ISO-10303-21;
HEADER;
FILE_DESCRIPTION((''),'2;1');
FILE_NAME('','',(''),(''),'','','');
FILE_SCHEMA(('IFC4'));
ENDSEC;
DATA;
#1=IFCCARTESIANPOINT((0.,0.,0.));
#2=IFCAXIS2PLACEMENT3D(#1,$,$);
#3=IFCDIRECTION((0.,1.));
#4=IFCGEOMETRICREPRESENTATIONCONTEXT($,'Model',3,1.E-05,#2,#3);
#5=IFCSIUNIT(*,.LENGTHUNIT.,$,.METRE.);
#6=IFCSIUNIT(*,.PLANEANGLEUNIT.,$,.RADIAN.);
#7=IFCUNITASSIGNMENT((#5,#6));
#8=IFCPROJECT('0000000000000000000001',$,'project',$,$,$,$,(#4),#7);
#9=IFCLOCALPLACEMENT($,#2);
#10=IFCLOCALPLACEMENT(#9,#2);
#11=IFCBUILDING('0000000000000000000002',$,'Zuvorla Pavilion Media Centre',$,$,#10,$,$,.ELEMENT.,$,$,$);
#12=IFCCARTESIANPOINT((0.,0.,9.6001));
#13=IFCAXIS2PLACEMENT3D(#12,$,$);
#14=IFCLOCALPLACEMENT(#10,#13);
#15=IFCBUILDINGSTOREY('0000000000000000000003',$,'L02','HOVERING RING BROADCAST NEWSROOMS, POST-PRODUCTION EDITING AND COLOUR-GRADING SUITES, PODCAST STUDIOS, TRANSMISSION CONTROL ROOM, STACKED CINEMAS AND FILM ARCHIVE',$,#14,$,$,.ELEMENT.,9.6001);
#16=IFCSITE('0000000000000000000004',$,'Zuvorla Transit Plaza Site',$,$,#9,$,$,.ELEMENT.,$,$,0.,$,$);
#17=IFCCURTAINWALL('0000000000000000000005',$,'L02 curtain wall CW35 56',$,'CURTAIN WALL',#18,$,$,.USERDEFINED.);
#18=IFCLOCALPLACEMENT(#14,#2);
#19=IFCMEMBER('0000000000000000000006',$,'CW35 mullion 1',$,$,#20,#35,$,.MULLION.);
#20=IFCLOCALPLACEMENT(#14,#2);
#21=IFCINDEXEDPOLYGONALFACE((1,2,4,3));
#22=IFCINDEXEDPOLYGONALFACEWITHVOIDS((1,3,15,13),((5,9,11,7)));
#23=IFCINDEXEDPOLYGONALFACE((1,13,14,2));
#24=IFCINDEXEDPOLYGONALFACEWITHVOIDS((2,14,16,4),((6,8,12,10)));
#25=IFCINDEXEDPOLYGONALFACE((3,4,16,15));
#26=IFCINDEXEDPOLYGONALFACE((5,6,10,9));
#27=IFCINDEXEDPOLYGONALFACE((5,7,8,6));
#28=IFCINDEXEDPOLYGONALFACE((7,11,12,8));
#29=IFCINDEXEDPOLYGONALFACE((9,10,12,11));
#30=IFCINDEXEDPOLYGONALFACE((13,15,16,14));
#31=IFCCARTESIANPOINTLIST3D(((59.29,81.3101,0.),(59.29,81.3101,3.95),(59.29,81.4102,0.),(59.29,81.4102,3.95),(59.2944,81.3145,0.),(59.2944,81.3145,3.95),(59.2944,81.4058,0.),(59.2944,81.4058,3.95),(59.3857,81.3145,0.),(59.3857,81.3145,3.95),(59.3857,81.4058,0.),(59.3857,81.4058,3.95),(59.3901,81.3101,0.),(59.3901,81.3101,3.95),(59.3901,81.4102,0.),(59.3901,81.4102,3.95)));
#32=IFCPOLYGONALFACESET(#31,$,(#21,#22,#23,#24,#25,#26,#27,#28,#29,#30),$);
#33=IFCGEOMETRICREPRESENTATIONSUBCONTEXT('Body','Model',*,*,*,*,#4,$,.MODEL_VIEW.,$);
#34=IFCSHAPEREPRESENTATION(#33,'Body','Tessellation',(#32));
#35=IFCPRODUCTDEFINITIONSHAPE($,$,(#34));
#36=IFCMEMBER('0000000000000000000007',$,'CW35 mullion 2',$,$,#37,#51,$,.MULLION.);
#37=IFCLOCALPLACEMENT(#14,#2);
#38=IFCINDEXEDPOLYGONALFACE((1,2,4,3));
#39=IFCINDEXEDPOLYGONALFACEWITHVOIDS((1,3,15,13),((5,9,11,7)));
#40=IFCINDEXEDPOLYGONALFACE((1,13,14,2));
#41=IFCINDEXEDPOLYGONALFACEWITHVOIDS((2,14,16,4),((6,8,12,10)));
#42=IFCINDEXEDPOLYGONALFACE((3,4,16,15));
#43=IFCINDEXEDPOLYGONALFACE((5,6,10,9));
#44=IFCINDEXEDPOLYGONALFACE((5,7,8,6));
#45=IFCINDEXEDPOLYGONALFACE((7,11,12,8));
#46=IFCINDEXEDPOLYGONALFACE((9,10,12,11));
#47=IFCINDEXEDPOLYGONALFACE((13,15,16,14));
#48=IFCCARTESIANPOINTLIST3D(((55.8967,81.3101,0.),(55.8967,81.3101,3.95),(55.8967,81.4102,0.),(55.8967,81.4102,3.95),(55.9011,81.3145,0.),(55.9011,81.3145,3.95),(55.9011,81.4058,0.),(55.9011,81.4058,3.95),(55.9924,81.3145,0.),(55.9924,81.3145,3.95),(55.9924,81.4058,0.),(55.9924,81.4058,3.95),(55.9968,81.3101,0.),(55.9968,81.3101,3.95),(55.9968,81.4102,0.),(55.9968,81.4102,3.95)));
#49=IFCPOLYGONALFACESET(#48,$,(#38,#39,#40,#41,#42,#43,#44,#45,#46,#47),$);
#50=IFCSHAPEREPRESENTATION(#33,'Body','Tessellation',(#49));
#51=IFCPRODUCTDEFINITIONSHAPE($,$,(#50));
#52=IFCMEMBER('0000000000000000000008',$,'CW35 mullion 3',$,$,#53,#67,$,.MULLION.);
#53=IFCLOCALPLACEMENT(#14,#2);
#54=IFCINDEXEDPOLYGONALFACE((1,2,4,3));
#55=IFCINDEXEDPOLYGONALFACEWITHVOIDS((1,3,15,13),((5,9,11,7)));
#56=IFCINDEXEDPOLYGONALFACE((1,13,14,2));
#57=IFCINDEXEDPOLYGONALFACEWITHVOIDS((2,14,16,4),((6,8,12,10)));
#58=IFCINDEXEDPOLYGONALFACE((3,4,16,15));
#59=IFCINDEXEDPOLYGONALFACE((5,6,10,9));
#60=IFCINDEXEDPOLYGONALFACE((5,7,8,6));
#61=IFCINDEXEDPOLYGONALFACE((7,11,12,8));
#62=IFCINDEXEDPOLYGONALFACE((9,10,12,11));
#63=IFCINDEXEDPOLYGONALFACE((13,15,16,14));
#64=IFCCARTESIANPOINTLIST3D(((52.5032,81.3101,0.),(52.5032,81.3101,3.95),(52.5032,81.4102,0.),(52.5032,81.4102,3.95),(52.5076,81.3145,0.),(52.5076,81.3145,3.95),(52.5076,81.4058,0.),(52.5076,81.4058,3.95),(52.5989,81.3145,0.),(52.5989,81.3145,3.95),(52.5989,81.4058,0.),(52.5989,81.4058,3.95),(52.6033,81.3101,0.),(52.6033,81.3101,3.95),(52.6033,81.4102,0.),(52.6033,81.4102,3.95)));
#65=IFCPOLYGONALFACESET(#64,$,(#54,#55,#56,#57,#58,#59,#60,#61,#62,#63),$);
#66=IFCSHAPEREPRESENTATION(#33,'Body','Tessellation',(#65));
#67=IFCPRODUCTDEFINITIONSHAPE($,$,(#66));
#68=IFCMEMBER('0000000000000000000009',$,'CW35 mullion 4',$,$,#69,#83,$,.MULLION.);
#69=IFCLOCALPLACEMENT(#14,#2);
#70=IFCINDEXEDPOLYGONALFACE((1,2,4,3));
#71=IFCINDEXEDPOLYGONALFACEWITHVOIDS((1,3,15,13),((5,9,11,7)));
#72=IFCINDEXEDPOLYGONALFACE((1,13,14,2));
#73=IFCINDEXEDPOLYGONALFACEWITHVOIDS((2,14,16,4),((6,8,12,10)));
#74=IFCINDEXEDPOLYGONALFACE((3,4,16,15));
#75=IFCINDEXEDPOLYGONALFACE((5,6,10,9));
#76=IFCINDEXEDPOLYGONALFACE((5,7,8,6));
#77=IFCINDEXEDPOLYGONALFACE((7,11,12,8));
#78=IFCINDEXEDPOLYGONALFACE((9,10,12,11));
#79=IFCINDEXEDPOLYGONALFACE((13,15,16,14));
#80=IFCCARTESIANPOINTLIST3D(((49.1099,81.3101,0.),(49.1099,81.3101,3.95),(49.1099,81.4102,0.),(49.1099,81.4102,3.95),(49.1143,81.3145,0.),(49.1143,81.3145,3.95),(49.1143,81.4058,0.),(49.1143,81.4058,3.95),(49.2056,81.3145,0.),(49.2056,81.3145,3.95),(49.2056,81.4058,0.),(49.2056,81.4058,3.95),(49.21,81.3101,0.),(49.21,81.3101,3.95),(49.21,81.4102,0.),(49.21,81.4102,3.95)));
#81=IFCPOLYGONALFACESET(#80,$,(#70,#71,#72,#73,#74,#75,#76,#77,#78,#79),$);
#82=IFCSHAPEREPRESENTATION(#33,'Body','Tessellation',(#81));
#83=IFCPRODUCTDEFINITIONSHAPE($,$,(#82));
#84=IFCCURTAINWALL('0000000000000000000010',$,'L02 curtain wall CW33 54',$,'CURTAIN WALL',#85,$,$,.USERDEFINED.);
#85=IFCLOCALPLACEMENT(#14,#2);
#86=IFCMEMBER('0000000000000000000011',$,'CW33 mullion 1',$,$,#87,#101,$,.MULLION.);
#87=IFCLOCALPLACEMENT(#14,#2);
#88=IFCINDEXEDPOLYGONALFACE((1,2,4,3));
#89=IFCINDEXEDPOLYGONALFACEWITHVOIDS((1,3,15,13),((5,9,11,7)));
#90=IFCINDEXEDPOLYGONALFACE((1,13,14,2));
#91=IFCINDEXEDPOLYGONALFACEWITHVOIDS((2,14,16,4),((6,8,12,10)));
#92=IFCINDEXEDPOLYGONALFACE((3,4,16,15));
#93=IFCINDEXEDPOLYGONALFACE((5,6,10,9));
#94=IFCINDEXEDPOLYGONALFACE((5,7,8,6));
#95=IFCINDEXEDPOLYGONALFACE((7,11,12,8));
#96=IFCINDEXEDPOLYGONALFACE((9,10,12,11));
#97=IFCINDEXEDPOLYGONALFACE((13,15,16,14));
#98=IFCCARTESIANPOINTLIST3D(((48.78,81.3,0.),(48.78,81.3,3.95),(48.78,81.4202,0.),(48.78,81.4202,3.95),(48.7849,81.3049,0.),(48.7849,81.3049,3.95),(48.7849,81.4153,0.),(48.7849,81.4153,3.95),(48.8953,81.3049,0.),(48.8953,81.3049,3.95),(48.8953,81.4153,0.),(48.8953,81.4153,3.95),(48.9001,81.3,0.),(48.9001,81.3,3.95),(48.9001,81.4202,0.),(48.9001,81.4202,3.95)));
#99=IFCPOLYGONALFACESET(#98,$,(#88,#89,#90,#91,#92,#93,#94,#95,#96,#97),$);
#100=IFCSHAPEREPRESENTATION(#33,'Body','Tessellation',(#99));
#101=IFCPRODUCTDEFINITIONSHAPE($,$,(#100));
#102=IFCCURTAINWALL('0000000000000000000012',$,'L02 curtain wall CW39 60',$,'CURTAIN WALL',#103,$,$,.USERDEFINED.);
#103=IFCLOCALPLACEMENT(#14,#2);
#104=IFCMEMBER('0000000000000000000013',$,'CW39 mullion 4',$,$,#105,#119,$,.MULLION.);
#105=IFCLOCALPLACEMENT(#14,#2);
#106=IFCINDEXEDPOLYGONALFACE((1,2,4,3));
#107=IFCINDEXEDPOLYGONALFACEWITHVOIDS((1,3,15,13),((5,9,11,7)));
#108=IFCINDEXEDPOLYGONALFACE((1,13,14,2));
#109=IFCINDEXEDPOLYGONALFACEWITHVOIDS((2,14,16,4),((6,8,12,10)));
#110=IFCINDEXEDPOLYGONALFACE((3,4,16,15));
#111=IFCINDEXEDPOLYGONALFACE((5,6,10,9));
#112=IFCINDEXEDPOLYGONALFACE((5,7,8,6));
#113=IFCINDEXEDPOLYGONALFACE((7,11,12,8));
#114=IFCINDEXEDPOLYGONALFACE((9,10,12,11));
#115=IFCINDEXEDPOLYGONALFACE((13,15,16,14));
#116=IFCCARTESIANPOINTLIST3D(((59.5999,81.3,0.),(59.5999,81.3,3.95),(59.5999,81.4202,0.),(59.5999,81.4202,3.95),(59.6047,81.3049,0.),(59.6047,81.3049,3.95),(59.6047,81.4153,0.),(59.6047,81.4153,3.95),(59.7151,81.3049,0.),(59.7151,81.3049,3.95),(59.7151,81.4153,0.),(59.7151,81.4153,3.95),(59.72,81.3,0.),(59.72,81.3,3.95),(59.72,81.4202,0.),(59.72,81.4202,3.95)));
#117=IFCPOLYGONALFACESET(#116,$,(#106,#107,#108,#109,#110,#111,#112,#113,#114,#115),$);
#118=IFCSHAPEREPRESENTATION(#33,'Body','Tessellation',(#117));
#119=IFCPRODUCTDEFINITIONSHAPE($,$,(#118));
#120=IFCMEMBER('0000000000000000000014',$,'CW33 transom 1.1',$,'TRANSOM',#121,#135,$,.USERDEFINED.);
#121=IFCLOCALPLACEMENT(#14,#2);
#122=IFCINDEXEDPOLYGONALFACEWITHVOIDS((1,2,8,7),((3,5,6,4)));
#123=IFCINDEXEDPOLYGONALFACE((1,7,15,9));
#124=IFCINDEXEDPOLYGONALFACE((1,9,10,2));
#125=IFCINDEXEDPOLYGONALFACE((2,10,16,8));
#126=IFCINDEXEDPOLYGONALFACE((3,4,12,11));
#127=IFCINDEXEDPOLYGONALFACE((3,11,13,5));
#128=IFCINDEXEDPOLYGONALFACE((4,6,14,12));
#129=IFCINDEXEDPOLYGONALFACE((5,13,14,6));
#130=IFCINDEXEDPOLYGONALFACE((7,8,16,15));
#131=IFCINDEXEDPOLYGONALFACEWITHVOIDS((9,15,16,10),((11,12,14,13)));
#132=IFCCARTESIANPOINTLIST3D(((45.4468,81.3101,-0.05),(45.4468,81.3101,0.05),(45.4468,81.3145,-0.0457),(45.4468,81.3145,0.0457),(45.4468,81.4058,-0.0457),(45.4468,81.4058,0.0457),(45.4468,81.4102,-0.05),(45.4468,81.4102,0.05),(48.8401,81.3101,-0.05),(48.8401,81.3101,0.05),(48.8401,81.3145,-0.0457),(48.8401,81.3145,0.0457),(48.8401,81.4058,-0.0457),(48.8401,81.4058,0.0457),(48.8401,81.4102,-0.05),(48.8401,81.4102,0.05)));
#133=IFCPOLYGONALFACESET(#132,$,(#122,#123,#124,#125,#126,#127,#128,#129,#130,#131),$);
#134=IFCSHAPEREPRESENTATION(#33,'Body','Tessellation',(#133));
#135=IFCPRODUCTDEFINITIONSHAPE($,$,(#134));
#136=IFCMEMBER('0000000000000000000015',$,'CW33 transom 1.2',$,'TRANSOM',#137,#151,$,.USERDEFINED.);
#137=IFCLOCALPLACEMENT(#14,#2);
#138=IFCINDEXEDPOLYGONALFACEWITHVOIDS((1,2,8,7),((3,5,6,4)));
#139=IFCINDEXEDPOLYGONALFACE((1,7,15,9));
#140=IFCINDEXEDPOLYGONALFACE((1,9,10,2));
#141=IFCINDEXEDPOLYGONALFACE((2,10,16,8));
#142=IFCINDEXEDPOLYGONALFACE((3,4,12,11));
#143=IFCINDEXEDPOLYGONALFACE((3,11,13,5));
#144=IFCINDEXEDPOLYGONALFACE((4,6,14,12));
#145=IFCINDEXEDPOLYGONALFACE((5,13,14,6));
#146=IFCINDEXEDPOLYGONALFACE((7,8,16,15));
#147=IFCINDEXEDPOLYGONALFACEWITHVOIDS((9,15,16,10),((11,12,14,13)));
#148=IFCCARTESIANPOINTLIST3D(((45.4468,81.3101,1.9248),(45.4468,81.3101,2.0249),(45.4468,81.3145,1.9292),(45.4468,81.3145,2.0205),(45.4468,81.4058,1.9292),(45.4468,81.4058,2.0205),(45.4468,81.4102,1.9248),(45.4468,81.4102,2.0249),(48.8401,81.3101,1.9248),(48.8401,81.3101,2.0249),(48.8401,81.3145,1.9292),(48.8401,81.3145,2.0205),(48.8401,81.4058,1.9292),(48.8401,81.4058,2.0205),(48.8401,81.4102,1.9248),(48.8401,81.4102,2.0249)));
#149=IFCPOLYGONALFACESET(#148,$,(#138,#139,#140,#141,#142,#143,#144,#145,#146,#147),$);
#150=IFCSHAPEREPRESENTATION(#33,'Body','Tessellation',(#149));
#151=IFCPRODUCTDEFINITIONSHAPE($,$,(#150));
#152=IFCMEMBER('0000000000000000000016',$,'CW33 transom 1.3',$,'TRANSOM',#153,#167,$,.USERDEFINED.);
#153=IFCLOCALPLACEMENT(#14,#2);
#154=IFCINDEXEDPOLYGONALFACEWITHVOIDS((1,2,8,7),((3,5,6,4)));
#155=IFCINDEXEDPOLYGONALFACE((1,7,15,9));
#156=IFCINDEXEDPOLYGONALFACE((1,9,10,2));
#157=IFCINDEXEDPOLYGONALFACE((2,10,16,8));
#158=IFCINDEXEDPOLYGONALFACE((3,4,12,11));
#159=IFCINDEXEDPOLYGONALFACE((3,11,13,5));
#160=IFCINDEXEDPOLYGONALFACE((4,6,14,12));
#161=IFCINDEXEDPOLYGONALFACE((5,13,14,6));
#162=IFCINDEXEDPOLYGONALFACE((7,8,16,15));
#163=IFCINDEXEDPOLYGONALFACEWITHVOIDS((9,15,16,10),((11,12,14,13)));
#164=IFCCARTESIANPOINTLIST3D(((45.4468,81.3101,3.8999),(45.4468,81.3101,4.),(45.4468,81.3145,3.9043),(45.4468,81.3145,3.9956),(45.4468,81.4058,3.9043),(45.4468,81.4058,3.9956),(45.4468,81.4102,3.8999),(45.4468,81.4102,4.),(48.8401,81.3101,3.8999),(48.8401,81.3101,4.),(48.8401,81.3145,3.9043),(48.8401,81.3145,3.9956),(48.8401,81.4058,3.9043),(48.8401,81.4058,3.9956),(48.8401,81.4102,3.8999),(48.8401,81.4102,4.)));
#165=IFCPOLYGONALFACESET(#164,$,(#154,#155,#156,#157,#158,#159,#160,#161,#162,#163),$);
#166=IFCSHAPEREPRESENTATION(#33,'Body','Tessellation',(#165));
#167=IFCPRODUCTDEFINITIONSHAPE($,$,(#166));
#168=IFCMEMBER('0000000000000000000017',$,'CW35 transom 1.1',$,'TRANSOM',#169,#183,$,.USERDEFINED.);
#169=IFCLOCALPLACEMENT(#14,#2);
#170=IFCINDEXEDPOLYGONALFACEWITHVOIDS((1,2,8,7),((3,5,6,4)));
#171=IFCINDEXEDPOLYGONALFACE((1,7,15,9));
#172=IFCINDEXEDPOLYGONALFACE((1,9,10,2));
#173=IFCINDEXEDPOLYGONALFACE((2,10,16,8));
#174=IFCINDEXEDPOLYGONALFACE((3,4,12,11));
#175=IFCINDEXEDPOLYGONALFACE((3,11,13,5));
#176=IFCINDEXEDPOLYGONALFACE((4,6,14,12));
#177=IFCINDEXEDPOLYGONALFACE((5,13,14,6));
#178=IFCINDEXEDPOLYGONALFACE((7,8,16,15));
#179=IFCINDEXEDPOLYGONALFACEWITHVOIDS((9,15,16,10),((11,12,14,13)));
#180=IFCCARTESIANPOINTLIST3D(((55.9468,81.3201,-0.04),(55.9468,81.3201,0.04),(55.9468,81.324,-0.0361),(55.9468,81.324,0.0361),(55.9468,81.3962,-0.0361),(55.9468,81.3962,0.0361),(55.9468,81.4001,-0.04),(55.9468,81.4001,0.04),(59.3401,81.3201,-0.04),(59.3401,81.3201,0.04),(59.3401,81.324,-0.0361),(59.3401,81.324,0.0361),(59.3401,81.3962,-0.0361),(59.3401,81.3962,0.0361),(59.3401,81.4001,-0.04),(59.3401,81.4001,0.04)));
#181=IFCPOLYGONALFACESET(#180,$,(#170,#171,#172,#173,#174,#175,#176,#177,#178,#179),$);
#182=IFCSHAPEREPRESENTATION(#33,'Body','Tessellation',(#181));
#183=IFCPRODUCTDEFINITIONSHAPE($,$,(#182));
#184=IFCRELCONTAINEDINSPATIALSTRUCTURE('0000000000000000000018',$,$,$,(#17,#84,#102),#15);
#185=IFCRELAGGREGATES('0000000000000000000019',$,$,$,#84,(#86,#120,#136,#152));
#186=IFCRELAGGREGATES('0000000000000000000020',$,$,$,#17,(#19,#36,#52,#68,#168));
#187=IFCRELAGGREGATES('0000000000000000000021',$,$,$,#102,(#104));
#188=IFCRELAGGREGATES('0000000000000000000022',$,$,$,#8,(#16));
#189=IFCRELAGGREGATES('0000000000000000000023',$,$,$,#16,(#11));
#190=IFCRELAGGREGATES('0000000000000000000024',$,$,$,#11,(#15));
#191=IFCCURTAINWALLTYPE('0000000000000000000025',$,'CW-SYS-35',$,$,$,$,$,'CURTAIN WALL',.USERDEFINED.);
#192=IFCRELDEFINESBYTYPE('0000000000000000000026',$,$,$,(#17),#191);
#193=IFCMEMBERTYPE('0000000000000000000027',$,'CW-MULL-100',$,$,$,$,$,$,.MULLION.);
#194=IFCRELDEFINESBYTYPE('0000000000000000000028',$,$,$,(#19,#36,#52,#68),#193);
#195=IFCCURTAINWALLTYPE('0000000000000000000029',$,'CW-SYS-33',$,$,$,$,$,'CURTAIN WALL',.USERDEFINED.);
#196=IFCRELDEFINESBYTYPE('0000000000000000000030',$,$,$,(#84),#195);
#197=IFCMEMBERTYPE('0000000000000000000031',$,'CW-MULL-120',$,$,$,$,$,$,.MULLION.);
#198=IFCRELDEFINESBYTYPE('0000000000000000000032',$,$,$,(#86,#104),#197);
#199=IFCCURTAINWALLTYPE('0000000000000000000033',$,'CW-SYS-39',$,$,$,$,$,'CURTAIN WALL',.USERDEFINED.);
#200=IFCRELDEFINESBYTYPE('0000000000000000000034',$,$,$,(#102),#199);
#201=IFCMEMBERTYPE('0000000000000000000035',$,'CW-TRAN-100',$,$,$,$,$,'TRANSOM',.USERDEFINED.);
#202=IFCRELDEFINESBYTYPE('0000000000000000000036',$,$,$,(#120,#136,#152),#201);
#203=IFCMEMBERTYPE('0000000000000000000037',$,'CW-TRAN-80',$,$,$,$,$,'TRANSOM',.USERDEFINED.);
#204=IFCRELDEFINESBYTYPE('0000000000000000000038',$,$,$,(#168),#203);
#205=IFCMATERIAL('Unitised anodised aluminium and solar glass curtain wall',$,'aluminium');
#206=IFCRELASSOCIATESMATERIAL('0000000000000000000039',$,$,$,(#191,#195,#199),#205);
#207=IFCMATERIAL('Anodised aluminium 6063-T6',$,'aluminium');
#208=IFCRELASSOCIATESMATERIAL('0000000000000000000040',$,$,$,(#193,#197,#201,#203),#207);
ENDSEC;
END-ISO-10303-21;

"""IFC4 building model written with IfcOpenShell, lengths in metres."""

from ifc_helpers import new_model, si_unit, direction, frame, origin, origin_2d, place, context, subcontext, project, spatial, hollow_rectangle, extrude, material, material_profile, profile_set, type_object, element, aggregate, save


model = new_model("IFC4")

# Units and contexts
model_context = context("Model", 3, precision=1e-05, world=origin(), true_north=direction((0.0, 1.0)))
body_context = subcontext(model_context, "Body", "Model", "MODEL_VIEW")
ifc_project = project(units=[si_unit("LENGTHUNIT", "METRE"), si_unit("PLANEANGLEUNIT", "RADIAN")], contexts=[model_context])

# Site, building, storey
site_placement = place(None, origin())
site = spatial("IfcSite", under=ifc_project, at=site_placement, Name="Zuvorla Transit Plaza Site", CompositionType="ELEMENT", RefElevation=0.0)
building_placement = place(site_placement, origin())
building = spatial("IfcBuilding", under=site, at=building_placement, Name="Zuvorla Pavilion Media Centre", CompositionType="ELEMENT")
storey_placement = place(building_placement, frame((0.0, 0.0, 9.6001)))
storey = spatial("IfcBuildingStorey", under=building, at=storey_placement, Name="L02", Description="HOVERING RING BROADCAST NEWSROOMS, POST-PRODUCTION EDITING AND COLOUR-GRADING SUITES, PODCAST STUDIOS, TRANSMISSION CONTROL ROOM, STACKED CINEMAS AND FILM ARCHIVE", CompositionType="ELEMENT", Elevation=9.6001)

# Curtain wall, members
ifc_material_1 = material(Name="Unitised anodised aluminium and solar glass curtain wall", Category="aluminium")
curtain_wall_type_1 = type_object("IfcCurtainWallType", Name="CW-SYS-35", ElementType="CURTAIN WALL", PredefinedType="USERDEFINED", material=ifc_material_1)
curtain_wall_1_placement = place(storey_placement, origin())
curtain_wall_1 = element("IfcCurtainWall", 1, at=curtain_wall_1_placement, inside=storey, type_object=curtain_wall_type_1, Name="L02 curtain wall CW35 56", ObjectType="CURTAIN WALL", PredefinedType="USERDEFINED")
ifc_material_2 = material(Name="Anodised aluminium 6063-T6", Category="aluminium")
ifc_material_profile_1 = material_profile(ifc_material_2, hollow_rectangle(XDim=0.1001, YDim=0.1001, WallThickness=0.0044, at=origin_2d()), Name="ALU MULL 100x100")
ifc_profile_set_1 = profile_set([ifc_material_profile_1], Name="Anodised aluminium 6063-T6")
member_type_1 = type_object("IfcMemberType", Name="CW-MULL-100", PredefinedType="MULLION", material=ifc_profile_set_1)
member_1_placement = place(storey_placement, frame((59.3401, 81.3601, 0.0), z_axis=(0.0, 0.0, 1.0), x_axis=(1.0, 0.0, 0.0)))
member_1 = element("IfcMember", 2, at=member_1_placement, type_object=member_type_1, Name="CW35 mullion 1", PredefinedType="MULLION", context=body_context, shape_type="SweptSolid", body=[
    extrude(hollow_rectangle(XDim=0.1001, YDim=0.1001, WallThickness=0.0044, at=origin_2d()), origin(), (0.0, 0.0, 1.0), 3.95),
])
member_2_placement = place(storey_placement, frame((55.9468, 81.3601, 0.0), z_axis=(0.0, 0.0, 1.0), x_axis=(1.0, 0.0, 0.0)))
member_2 = element("IfcMember", 3, at=member_2_placement, type_object=member_type_1, Name="CW35 mullion 2", PredefinedType="MULLION", context=body_context, shape_type="SweptSolid", body=[
    extrude(hollow_rectangle(XDim=0.1001, YDim=0.1001, WallThickness=0.0044, at=origin_2d()), origin(), (0.0, 0.0, 1.0), 3.95),
])
member_3_placement = place(storey_placement, frame((52.5532, 81.3601, 0.0), z_axis=(0.0, 0.0, 1.0), x_axis=(1.0, 0.0, 0.0)))
member_3 = element("IfcMember", 4, at=member_3_placement, type_object=member_type_1, Name="CW35 mullion 3", PredefinedType="MULLION", context=body_context, shape_type="SweptSolid", body=[
    extrude(hollow_rectangle(XDim=0.1001, YDim=0.1001, WallThickness=0.0044, at=origin_2d()), origin(), (0.0, 0.0, 1.0), 3.95),
])
member_4_placement = place(storey_placement, frame((49.1599, 81.3601, 0.0), z_axis=(0.0, 0.0, 1.0), x_axis=(1.0, 0.0, 0.0)))
member_4 = element("IfcMember", 5, at=member_4_placement, type_object=member_type_1, Name="CW35 mullion 4", PredefinedType="MULLION", context=body_context, shape_type="SweptSolid", body=[
    extrude(hollow_rectangle(XDim=0.1001, YDim=0.1001, WallThickness=0.0044, at=origin_2d()), origin(), (0.0, 0.0, 1.0), 3.95),
])

# Curtain walls, members
curtain_wall_type_2 = type_object("IfcCurtainWallType", Name="CW-SYS-33", ElementType="CURTAIN WALL", PredefinedType="USERDEFINED", material=ifc_material_1)
curtain_wall_2_placement = place(storey_placement, origin())
curtain_wall_2 = element("IfcCurtainWall", 6, at=curtain_wall_2_placement, inside=storey, type_object=curtain_wall_type_2, Name="L02 curtain wall CW33 54", ObjectType="CURTAIN WALL", PredefinedType="USERDEFINED")
ifc_material_profile_2 = material_profile(ifc_material_2, hollow_rectangle(XDim=0.1201, YDim=0.1201, WallThickness=0.0049, at=origin_2d()), Name="ALU MULL 120x120")
ifc_profile_set_2 = profile_set([ifc_material_profile_2], Name="Anodised aluminium 6063-T6")
member_type_2 = type_object("IfcMemberType", Name="CW-MULL-120", PredefinedType="MULLION", material=ifc_profile_set_2)
member_5_placement = place(storey_placement, frame((48.8401, 81.3601, 0.0), z_axis=(0.0, 0.0, 1.0), x_axis=(1.0, 0.0, 0.0)))
member_5 = element("IfcMember", 7, at=member_5_placement, type_object=member_type_2, Name="CW33 mullion 1", PredefinedType="MULLION", context=body_context, shape_type="SweptSolid", body=[
    extrude(hollow_rectangle(XDim=0.1201, YDim=0.1201, WallThickness=0.0049, at=origin_2d()), origin(), (0.0, 0.0, 1.0), 3.95),
])
curtain_wall_type_3 = type_object("IfcCurtainWallType", Name="CW-SYS-39", ElementType="CURTAIN WALL", PredefinedType="USERDEFINED", material=ifc_material_1)
curtain_wall_3_placement = place(storey_placement, origin())
curtain_wall_3 = element("IfcCurtainWall", 8, at=curtain_wall_3_placement, inside=storey, type_object=curtain_wall_type_3, Name="L02 curtain wall CW39 60", ObjectType="CURTAIN WALL", PredefinedType="USERDEFINED")
member_6_placement = place(storey_placement, frame((59.6599, 81.3601, 0.0), z_axis=(0.0, 0.0, 1.0), x_axis=(1.0, 0.0, 0.0)))
member_6 = element("IfcMember", 9, at=member_6_placement, type_object=member_type_2, Name="CW39 mullion 4", PredefinedType="MULLION", context=body_context, shape_type="SweptSolid", body=[
    extrude(hollow_rectangle(XDim=0.1201, YDim=0.1201, WallThickness=0.0049, at=origin_2d()), origin(), (0.0, 0.0, 1.0), 3.95),
])

# Members
ifc_material_profile_3 = material_profile(ifc_material_2, hollow_rectangle(XDim=0.1001, YDim=0.1001, WallThickness=0.0044, at=origin_2d()), Name="ALU TRAN 100x100")
ifc_profile_set_3 = profile_set([ifc_material_profile_3], Name="Anodised aluminium 6063-T6")
member_type_3 = type_object("IfcMemberType", Name="CW-TRAN-100", ElementType="TRANSOM", PredefinedType="USERDEFINED", material=ifc_profile_set_3)
member_7_placement = place(storey_placement, frame((48.8401, 81.3601, 0.0), z_axis=(-1.0, 0.0, 0.0), x_axis=(0.0, -1.0, 0.0)))
member_7 = element("IfcMember", 10, at=member_7_placement, type_object=member_type_3, Name="CW33 transom 1.1", ObjectType="TRANSOM", PredefinedType="USERDEFINED", context=body_context, shape_type="SweptSolid", body=[
    extrude(hollow_rectangle(XDim=0.1001, YDim=0.1001, WallThickness=0.0044, at=origin_2d()), origin(), (0.0, 0.0, 1.0), 3.3933),
])
member_8_placement = place(storey_placement, frame((48.8401, 81.3601, 1.9749), z_axis=(-1.0, 0.0, 0.0), x_axis=(0.0, -1.0, 0.0)))
member_8 = element("IfcMember", 11, at=member_8_placement, type_object=member_type_3, Name="CW33 transom 1.2", ObjectType="TRANSOM", PredefinedType="USERDEFINED", context=body_context, shape_type="SweptSolid", body=[
    extrude(hollow_rectangle(XDim=0.1001, YDim=0.1001, WallThickness=0.0044, at=origin_2d()), origin(), (0.0, 0.0, 1.0), 3.3933),
])
member_9_placement = place(storey_placement, frame((48.8401, 81.3601, 3.95), z_axis=(-1.0, 0.0, 0.0), x_axis=(0.0, -1.0, 0.0)))
member_9 = element("IfcMember", 12, at=member_9_placement, type_object=member_type_3, Name="CW33 transom 1.3", ObjectType="TRANSOM", PredefinedType="USERDEFINED", context=body_context, shape_type="SweptSolid", body=[
    extrude(hollow_rectangle(XDim=0.1001, YDim=0.1001, WallThickness=0.0044, at=origin_2d()), origin(), (0.0, 0.0, 1.0), 3.3933),
])
aggregate(curtain_wall_2, [member_5, member_7, member_8, member_9])
ifc_material_profile_4 = material_profile(ifc_material_2, hollow_rectangle(XDim=0.0801, YDim=0.0801, WallThickness=0.0039, at=origin_2d()), Name="ALU TRAN 80x80")
ifc_profile_set_4 = profile_set([ifc_material_profile_4], Name="Anodised aluminium 6063-T6")
member_type_4 = type_object("IfcMemberType", Name="CW-TRAN-80", ElementType="TRANSOM", PredefinedType="USERDEFINED", material=ifc_profile_set_4)
member_10_placement = place(storey_placement, frame((59.3401, 81.3601, 0.0), z_axis=(-1.0, 0.0, 0.0), x_axis=(0.0, -1.0, 0.0)))
member_10 = element("IfcMember", 13, at=member_10_placement, type_object=member_type_4, Name="CW35 transom 1.1", ObjectType="TRANSOM", PredefinedType="USERDEFINED", context=body_context, shape_type="SweptSolid", body=[
    extrude(hollow_rectangle(XDim=0.0801, YDim=0.0801, WallThickness=0.0039, at=origin_2d()), origin(), (0.0, 0.0, 1.0), 3.3933),
])

aggregate(curtain_wall_1, [member_1, member_2, member_3, member_4, member_10])
aggregate(curtain_wall_3, [member_6])

save(model, "model.ifc")
